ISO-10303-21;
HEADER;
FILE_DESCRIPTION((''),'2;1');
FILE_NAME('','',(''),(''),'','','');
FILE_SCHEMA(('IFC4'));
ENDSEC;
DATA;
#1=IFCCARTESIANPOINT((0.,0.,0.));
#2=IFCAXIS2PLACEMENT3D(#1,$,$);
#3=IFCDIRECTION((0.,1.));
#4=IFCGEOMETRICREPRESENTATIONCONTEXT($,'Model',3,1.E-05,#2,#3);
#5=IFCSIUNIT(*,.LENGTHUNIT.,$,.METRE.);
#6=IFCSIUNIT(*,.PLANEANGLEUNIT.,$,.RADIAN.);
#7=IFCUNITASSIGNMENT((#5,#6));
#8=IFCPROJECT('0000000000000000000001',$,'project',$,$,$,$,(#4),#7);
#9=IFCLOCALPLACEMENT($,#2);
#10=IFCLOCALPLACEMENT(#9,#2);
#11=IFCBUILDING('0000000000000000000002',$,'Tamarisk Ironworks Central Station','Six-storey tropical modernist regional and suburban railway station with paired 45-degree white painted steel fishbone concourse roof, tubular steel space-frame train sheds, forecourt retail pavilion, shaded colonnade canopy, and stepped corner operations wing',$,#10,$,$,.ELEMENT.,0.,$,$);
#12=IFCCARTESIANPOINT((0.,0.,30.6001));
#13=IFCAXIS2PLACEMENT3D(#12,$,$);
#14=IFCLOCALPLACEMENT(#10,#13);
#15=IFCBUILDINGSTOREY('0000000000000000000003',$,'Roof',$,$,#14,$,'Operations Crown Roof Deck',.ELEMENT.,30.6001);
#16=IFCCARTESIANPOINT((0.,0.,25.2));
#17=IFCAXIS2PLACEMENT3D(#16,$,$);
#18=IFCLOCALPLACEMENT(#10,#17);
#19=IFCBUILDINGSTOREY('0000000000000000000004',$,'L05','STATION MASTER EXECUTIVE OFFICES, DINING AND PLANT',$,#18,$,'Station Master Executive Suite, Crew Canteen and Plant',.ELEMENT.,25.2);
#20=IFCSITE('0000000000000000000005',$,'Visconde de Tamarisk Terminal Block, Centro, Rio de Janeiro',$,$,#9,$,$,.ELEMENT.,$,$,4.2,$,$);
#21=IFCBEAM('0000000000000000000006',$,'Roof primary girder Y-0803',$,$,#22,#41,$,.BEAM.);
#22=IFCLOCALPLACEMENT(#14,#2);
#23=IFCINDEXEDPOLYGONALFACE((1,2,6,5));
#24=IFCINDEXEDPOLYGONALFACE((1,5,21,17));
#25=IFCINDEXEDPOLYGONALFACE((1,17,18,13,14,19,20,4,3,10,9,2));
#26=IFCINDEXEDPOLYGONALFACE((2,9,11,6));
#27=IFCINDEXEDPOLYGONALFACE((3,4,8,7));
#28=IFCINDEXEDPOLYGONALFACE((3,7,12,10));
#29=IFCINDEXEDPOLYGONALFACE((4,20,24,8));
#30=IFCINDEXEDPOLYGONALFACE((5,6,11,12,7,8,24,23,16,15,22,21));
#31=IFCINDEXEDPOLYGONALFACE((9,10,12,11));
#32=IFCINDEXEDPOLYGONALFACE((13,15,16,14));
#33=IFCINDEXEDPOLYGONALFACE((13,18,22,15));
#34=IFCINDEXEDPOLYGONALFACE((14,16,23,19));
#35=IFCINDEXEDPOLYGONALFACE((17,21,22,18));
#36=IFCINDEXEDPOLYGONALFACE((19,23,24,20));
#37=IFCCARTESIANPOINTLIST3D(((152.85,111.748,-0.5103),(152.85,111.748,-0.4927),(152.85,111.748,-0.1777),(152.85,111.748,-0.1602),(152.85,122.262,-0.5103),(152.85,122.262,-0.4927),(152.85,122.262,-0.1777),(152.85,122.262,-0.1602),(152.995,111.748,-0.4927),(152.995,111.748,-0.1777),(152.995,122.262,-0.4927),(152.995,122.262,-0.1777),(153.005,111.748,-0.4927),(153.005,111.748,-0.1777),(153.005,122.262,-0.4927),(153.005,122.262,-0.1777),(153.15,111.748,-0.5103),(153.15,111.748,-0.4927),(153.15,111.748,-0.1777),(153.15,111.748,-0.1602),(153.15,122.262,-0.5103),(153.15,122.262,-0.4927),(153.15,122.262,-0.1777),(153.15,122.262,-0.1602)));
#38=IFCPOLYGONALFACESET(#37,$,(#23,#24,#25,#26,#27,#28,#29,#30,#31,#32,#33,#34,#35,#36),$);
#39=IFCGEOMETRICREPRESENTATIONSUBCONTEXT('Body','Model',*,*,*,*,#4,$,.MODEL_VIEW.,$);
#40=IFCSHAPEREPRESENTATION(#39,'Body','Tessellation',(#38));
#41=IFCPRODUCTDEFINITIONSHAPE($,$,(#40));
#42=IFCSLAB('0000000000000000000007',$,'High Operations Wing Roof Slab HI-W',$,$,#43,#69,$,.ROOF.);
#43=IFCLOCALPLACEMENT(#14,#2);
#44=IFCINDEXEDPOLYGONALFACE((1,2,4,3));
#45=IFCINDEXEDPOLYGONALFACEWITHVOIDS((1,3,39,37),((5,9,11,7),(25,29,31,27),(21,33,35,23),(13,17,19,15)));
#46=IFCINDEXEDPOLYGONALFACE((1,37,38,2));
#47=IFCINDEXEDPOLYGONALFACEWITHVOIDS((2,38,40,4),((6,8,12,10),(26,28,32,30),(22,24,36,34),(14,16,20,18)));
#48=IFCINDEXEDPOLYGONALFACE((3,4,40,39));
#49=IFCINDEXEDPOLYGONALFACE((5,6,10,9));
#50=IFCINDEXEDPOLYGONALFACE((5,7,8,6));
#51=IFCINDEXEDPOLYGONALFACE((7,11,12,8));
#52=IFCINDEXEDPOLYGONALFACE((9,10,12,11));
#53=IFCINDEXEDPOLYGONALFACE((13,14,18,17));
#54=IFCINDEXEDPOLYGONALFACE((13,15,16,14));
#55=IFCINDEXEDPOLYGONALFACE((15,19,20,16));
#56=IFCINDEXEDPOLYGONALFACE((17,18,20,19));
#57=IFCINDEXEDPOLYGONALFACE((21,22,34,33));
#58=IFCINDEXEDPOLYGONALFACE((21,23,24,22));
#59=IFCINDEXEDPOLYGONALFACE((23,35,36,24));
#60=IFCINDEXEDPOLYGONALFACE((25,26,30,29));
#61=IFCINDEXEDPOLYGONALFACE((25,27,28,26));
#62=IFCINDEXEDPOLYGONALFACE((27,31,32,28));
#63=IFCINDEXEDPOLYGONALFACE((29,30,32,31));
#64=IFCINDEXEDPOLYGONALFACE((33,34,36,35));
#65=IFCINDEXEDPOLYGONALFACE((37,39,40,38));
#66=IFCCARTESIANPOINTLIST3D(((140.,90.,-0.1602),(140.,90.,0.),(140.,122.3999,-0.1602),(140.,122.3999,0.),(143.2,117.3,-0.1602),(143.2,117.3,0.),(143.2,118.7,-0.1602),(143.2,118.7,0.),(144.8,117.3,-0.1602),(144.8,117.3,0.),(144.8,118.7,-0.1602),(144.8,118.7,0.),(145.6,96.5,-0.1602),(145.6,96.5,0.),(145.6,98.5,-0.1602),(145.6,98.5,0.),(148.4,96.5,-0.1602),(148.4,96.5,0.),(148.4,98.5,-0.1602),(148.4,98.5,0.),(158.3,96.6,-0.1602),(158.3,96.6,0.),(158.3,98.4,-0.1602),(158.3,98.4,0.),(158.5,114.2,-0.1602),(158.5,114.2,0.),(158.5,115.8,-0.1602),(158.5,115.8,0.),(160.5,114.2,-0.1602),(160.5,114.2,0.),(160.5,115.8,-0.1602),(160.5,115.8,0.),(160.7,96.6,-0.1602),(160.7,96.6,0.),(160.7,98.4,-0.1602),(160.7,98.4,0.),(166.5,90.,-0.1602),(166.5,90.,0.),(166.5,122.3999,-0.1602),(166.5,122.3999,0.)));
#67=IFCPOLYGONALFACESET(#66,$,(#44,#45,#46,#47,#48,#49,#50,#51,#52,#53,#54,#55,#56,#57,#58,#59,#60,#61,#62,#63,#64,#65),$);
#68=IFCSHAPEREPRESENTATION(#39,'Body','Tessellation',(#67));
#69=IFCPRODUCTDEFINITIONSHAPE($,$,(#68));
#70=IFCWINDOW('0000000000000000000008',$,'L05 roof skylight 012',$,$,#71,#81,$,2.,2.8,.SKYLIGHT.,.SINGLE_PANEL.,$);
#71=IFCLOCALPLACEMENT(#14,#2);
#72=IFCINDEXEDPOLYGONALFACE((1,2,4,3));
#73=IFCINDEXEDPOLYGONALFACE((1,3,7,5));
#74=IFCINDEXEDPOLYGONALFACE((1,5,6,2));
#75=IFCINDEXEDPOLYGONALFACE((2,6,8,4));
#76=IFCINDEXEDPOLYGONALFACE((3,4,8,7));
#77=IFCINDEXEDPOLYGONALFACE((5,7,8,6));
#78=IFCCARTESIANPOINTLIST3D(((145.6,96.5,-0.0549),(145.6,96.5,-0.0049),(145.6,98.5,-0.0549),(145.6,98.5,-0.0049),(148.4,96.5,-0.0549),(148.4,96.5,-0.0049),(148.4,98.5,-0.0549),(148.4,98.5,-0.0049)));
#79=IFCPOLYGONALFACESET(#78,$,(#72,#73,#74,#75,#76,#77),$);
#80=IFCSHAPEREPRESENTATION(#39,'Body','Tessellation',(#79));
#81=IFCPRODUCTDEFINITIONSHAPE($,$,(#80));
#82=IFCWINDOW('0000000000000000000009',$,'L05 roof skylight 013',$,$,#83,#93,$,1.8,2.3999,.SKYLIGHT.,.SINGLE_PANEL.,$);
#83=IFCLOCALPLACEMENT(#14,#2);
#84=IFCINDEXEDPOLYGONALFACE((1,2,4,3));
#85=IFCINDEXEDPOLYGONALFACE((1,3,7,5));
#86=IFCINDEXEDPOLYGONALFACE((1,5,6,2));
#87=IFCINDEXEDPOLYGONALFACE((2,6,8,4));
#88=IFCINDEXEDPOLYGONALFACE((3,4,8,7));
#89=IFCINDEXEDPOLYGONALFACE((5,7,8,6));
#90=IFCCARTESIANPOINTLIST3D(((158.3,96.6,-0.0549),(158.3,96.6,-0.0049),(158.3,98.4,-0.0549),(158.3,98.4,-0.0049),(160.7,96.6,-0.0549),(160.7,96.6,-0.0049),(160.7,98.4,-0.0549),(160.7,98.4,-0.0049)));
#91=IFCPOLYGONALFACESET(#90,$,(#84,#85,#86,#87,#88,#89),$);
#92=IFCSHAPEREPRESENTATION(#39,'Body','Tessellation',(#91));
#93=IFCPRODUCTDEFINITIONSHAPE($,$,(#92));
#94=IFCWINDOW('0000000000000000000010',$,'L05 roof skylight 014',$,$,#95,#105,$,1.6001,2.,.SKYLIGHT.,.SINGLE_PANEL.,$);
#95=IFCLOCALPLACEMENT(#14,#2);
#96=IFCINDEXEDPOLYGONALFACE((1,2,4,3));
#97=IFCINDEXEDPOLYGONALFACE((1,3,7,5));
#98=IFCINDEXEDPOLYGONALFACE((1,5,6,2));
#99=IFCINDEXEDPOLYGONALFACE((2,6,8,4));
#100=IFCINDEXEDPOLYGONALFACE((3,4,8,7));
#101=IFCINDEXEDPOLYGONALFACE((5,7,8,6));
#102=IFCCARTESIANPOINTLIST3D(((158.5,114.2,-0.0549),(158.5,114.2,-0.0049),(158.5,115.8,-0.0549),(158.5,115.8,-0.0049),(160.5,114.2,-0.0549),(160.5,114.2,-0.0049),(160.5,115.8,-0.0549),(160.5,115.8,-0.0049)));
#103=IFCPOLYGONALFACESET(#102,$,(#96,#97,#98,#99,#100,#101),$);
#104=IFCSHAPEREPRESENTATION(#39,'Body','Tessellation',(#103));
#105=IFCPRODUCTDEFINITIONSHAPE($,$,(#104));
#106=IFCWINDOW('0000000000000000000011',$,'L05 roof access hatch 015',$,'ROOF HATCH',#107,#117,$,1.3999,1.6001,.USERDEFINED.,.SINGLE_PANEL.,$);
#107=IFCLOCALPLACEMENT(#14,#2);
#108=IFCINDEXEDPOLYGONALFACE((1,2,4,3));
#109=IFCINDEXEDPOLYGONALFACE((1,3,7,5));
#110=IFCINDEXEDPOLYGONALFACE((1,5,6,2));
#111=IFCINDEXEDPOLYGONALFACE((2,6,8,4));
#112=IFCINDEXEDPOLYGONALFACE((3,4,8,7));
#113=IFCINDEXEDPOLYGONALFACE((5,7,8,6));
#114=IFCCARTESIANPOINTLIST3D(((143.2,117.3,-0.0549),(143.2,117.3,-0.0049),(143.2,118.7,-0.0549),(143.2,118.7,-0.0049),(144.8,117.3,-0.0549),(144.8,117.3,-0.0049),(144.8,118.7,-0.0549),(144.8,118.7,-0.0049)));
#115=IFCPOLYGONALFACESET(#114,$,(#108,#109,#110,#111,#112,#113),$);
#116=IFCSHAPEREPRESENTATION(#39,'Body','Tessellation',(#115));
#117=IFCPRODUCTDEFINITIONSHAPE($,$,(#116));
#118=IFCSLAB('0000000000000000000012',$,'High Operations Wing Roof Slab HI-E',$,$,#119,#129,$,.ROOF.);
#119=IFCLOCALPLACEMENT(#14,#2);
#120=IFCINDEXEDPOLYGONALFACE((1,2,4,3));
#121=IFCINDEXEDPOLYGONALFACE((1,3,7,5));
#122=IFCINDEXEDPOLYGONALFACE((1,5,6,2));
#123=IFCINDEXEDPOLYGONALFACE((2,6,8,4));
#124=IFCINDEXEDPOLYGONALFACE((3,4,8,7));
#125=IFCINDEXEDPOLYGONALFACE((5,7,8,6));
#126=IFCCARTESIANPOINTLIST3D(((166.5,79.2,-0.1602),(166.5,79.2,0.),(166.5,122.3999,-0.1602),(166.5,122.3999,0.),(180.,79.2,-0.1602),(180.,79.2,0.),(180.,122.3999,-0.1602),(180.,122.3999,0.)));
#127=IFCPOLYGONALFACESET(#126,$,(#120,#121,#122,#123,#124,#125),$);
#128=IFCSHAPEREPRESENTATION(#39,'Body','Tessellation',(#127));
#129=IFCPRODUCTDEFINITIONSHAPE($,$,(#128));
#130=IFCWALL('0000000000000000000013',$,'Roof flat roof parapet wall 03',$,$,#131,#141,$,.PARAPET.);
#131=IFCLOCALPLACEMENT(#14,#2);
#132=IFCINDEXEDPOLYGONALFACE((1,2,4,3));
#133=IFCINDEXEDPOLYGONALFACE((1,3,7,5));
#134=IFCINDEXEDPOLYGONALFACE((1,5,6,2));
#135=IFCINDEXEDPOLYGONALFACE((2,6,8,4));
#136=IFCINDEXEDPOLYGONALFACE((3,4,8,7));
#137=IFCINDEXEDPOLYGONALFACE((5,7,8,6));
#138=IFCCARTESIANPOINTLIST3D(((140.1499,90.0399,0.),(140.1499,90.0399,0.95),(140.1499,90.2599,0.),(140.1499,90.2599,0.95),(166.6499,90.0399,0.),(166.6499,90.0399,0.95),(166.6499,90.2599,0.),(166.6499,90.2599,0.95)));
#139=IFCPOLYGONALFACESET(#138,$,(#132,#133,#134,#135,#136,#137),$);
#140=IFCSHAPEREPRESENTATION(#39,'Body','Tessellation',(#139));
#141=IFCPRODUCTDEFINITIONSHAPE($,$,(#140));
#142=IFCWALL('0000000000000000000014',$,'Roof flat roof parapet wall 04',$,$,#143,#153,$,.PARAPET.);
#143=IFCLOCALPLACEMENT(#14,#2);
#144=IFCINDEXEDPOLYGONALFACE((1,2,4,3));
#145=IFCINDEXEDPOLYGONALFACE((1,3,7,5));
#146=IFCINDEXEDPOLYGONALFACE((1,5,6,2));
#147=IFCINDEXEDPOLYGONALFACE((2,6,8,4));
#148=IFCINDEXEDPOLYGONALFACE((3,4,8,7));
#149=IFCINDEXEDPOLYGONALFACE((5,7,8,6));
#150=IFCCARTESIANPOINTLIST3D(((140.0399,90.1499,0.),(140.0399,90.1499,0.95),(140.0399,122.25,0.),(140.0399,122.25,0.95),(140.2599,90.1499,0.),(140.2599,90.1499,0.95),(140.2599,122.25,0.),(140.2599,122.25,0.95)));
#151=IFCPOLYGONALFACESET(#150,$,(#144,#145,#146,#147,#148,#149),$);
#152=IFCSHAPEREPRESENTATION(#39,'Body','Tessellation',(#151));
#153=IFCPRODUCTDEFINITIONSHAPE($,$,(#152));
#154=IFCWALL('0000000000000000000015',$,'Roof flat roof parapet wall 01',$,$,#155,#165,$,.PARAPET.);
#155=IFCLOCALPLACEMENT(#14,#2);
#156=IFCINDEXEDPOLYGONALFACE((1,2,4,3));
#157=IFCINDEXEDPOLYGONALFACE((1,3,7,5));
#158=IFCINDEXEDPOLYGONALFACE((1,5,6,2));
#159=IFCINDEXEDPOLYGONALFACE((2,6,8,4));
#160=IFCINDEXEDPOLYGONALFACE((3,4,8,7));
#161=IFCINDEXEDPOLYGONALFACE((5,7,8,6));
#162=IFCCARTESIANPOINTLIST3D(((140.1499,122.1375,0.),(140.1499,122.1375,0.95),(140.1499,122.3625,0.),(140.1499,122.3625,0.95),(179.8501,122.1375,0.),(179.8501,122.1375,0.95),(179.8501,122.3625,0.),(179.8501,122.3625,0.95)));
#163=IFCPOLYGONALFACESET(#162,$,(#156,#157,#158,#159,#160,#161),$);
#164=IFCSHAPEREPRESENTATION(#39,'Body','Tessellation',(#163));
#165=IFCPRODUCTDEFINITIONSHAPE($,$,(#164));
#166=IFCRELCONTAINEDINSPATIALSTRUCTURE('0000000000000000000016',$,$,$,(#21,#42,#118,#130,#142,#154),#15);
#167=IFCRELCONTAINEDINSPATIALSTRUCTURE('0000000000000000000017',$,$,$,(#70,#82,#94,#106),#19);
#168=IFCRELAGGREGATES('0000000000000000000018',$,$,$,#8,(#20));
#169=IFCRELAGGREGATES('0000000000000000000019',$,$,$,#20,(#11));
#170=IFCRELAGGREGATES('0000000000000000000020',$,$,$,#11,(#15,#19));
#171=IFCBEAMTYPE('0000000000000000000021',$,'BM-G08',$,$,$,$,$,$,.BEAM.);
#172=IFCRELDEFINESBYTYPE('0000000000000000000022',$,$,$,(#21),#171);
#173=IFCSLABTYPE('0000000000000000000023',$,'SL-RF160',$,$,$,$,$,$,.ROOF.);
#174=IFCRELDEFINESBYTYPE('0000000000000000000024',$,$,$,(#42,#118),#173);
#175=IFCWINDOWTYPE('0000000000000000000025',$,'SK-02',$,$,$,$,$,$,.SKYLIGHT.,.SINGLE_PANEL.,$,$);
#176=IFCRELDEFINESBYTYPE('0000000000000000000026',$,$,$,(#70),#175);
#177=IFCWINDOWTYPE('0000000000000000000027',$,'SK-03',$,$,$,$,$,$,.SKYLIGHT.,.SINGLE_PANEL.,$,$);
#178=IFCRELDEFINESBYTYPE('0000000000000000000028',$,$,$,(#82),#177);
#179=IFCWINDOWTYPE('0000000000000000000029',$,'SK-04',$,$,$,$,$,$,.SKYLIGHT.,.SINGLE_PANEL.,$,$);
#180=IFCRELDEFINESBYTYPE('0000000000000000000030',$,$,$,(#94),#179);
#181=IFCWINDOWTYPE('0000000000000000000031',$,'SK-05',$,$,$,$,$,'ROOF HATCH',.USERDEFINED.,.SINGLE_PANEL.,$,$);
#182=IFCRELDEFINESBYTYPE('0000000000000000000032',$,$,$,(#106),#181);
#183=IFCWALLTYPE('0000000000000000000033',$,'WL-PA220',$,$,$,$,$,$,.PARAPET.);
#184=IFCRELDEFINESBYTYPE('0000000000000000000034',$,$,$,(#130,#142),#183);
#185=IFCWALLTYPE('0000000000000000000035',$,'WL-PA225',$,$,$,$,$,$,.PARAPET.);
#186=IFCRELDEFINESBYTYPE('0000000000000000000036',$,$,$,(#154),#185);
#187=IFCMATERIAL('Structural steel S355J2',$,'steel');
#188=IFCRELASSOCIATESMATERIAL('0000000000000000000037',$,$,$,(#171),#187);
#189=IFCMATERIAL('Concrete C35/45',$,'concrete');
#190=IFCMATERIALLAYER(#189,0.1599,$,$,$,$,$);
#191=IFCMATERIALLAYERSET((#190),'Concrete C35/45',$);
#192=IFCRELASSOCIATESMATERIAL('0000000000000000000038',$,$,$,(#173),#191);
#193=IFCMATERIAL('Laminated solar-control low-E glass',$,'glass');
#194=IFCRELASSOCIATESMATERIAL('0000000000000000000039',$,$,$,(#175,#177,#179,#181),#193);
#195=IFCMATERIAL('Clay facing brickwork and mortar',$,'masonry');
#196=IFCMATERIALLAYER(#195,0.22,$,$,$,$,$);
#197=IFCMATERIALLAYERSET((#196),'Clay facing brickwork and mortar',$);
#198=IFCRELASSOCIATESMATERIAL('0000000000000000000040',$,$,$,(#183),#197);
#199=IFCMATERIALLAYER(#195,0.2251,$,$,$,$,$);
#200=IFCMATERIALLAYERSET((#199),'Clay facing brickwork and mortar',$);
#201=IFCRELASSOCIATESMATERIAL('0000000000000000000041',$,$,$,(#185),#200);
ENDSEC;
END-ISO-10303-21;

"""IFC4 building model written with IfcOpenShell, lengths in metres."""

from ifc_helpers import new_model, si_unit, direction, frame, frame_2d, origin, origin_2d, place, context, subcontext, project, spatial, polyline, rectangle, i_section, outline, extrude, material, layer, layer_set, material_profile, profile_set, type_object, element, fill, save


model = new_model("IFC4")

# Units and contexts
model_context = context("Model", 3, precision=1e-05, world=origin(), true_north=direction((0.0, 1.0)))
body_context = subcontext(model_context, "Body", "Model", "MODEL_VIEW")
ifc_project = project(units=[si_unit("LENGTHUNIT", "METRE"), si_unit("PLANEANGLEUNIT", "RADIAN")], contexts=[model_context])

# Site, building, storey
site_placement = place(None, origin())
site = spatial("IfcSite", under=ifc_project, at=site_placement, Name="Visconde de Tamarisk Terminal Block, Centro, Rio de Janeiro", CompositionType="ELEMENT", RefElevation=4.2)
building_placement = place(site_placement, origin())
building = spatial("IfcBuilding", under=site, at=building_placement, Name="Tamarisk Ironworks Central Station", Description="Six-storey tropical modernist regional and suburban railway station with paired 45-degree white painted steel fishbone concourse roof, tubular steel space-frame train sheds, forecourt retail pavilion, shaded colonnade canopy, and stepped corner operations wing", CompositionType="ELEMENT", ElevationOfRefHeight=0.0)
storey_1_placement = place(building_placement, frame((0.0, 0.0, 30.6001)))
storey_1 = spatial("IfcBuildingStorey", under=building, at=storey_1_placement, Name="Roof", LongName="Operations Crown Roof Deck", CompositionType="ELEMENT", Elevation=30.6001)

# Beam
ifc_material_1 = material(Name="Structural steel S355J2", Category="steel")
ifc_material_profile_1 = material_profile(ifc_material_1, i_section(OverallWidth=0.3, OverallDepth=0.3501, WebThickness=0.01, FlangeThickness=0.0176, at=origin_2d()), Name="HEA 360")
ifc_profile_set_1 = profile_set([ifc_material_profile_1], Name="Structural steel S355J2")
beam_type_1 = type_object("IfcBeamType", Name="BM-G08", PredefinedType="BEAM", material=ifc_profile_set_1)
beam_1_placement = place(storey_1_placement, frame((153.0, 111.748, -0.3352), z_axis=(0.0, 1.0, 0.0), x_axis=(-1.0, 0.0, 0.0)))
element("IfcBeam", 1, at=beam_1_placement, inside=storey_1, type_object=beam_type_1, Name="Roof primary girder Y-0803", PredefinedType="BEAM", context=body_context, shape_type="SweptSolid", body=[
    extrude(i_section(OverallWidth=0.3, OverallDepth=0.3501, WebThickness=0.01, FlangeThickness=0.0176, at=origin_2d()), origin(), (0.0, 0.0, 1.0), 10.5139),
])

# Slab, openings
ifc_material_2 = material(Name="Concrete C35/45", Category="concrete")
ifc_layer_1 = layer(ifc_material_2, 0.1599)
ifc_layer_set_1 = layer_set([ifc_layer_1], Name="Concrete C35/45")
slab_type = type_object("IfcSlabType", Name="SL-RF160", PredefinedType="ROOF", material=ifc_layer_set_1)
slab_1_placement = place(storey_1_placement, frame((0.0, 0.0, -0.1602)))
slab_1 = element("IfcSlab", 2, at=slab_1_placement, inside=storey_1, type_object=slab_type, Name="High Operations Wing Roof Slab HI-W", PredefinedType="ROOF", context=body_context, shape_type="SweptSolid", body=[
    extrude(outline(polyline([(140.0, 90.0), (166.5, 90.0), (166.5, 122.3999), (140.0, 122.3999), (140.0, 90.0)])), origin(), (0.0, 0.0, 1.0), 0.1602),
])
opening_1_placement = place(slab_1_placement, frame((147.0, 97.5, 0.0)))
opening_1 = element("IfcOpeningElement", 3, at=opening_1_placement, cuts=slab_1, PredefinedType="OPENING", context=body_context, shape_type="SweptSolid", body=[
    extrude(rectangle(XDim=2.8, YDim=2.0, at=origin_2d()), frame((0.0, 0.0, -0.012)), (0.0, 0.0, 1.0), 0.1841),
])
opening_2_placement = place(slab_1_placement, frame((159.5, 97.5, 0.0)))
opening_2 = element("IfcOpeningElement", 4, at=opening_2_placement, cuts=slab_1, PredefinedType="OPENING", context=body_context, shape_type="SweptSolid", body=[
    extrude(rectangle(XDim=2.3999, YDim=1.8, at=origin_2d()), frame((0.0, 0.0, -0.012)), (0.0, 0.0, 1.0), 0.1841),
])
opening_3_placement = place(slab_1_placement, frame((159.5, 115.0, 0.0)))
opening_3 = element("IfcOpeningElement", 5, at=opening_3_placement, cuts=slab_1, PredefinedType="OPENING", context=body_context, shape_type="SweptSolid", body=[
    extrude(rectangle(XDim=2.0, YDim=1.6001, at=origin_2d()), frame((0.0, 0.0, -0.012)), (0.0, 0.0, 1.0), 0.1841),
])
opening_4_placement = place(slab_1_placement, frame((144.0, 118.0, 0.0)))
opening_4 = element("IfcOpeningElement", 6, at=opening_4_placement, cuts=slab_1, PredefinedType="OPENING", context=body_context, shape_type="SweptSolid", body=[
    extrude(rectangle(XDim=1.6001, YDim=1.3999, at=origin_2d()), frame((0.0, 0.0, -0.012)), (0.0, 0.0, 1.0), 0.1841),
])

# Shared definitions
storey_2_placement = place(building_placement, frame((0.0, 0.0, 25.2)))
storey_2 = spatial("IfcBuildingStorey", under=building, at=storey_2_placement, Name="L05", Description="STATION MASTER EXECUTIVE OFFICES, DINING AND PLANT", LongName="Station Master Executive Suite, Crew Canteen and Plant", CompositionType="ELEMENT", Elevation=25.2)

# Windows
ifc_material_3 = material(Name="Laminated solar-control low-E glass", Category="glass")
window_type_1 = type_object("IfcWindowType", Name="SK-02", PartitioningType="SINGLE_PANEL", PredefinedType="SKYLIGHT", material=ifc_material_3)
window_1_placement = place(opening_1_placement, frame((0.0, 0.0, 0.1052)))
window_1 = element("IfcWindow", 7, at=window_1_placement, inside=storey_2, type_object=window_type_1, Name="L05 roof skylight 012", OverallHeight=2.0, OverallWidth=2.8, PartitioningType="SINGLE_PANEL", PredefinedType="SKYLIGHT", context=body_context, shape_type="SweptSolid", body=[
    extrude(rectangle(XDim=2.8, YDim=2.0, at=origin_2d()), origin(), (0.0, 0.0, 1.0), 0.05),
])
fill(opening_1, window_1)
window_type_2 = type_object("IfcWindowType", Name="SK-03", PartitioningType="SINGLE_PANEL", PredefinedType="SKYLIGHT", material=ifc_material_3)
window_2_placement = place(opening_2_placement, frame((0.0, 0.0, 0.1052)))
window_2 = element("IfcWindow", 8, at=window_2_placement, inside=storey_2, type_object=window_type_2, Name="L05 roof skylight 013", OverallHeight=1.8, OverallWidth=2.3999, PartitioningType="SINGLE_PANEL", PredefinedType="SKYLIGHT", context=body_context, shape_type="SweptSolid", body=[
    extrude(rectangle(XDim=2.3999, YDim=1.8, at=origin_2d()), origin(), (0.0, 0.0, 1.0), 0.05),
])
fill(opening_2, window_2)
window_type_3 = type_object("IfcWindowType", Name="SK-04", PartitioningType="SINGLE_PANEL", PredefinedType="SKYLIGHT", material=ifc_material_3)
window_3_placement = place(opening_3_placement, frame((0.0, 0.0, 0.1052)))
window_3 = element("IfcWindow", 9, at=window_3_placement, inside=storey_2, type_object=window_type_3, Name="L05 roof skylight 014", OverallHeight=1.6001, OverallWidth=2.0, PartitioningType="SINGLE_PANEL", PredefinedType="SKYLIGHT", context=body_context, shape_type="SweptSolid", body=[
    extrude(rectangle(XDim=2.0, YDim=1.6001, at=origin_2d()), origin(), (0.0, 0.0, 1.0), 0.05),
])
fill(opening_3, window_3)
window_type_4 = type_object("IfcWindowType", Name="SK-05", ElementType="ROOF HATCH", PartitioningType="SINGLE_PANEL", PredefinedType="USERDEFINED", material=ifc_material_3)
window_4_placement = place(opening_4_placement, frame((0.0, 0.0, 0.1052)))
window_4 = element("IfcWindow", 10, at=window_4_placement, inside=storey_2, type_object=window_type_4, Name="L05 roof access hatch 015", ObjectType="ROOF HATCH", OverallHeight=1.3999, OverallWidth=1.6001, PartitioningType="SINGLE_PANEL", PredefinedType="USERDEFINED", context=body_context, shape_type="SweptSolid", body=[
    extrude(rectangle(XDim=1.6001, YDim=1.3999, at=origin_2d()), origin(), (0.0, 0.0, 1.0), 0.05),
])
fill(opening_4, window_4)

# Slab
slab_2_placement = place(storey_1_placement, frame((0.0, 0.0, -0.1602)))
element("IfcSlab", 11, at=slab_2_placement, inside=storey_1, type_object=slab_type, Name="High Operations Wing Roof Slab HI-E", PredefinedType="ROOF", context=body_context, shape_type="SweptSolid", body=[
    extrude(outline(polyline([(166.5, 79.2), (180.0, 79.2), (180.0, 122.3999), (166.5, 122.3999), (166.5, 79.2)])), origin(), (0.0, 0.0, 1.0), 0.1602),
])

# Walls
ifc_material_4 = material(Name="Clay facing brickwork and mortar", Category="masonry")
ifc_layer_2 = layer(ifc_material_4, 0.22)
ifc_layer_set_2 = layer_set([ifc_layer_2], Name="Clay facing brickwork and mortar")
wall_type_1 = type_object("IfcWallType", Name="WL-PA220", PredefinedType="PARAPET", material=ifc_layer_set_2)
wall_1_placement = place(storey_1_placement, frame((140.1499, 90.1499, 0.0), z_axis=(0.0, 0.0, 1.0), x_axis=(1.0, 0.0, 0.0)))
element("IfcWall", 12, at=wall_1_placement, inside=storey_1, type_object=wall_type_1, Name="Roof flat roof parapet wall 03", PredefinedType="PARAPET", context=body_context, shape_type="SweptSolid", body=[
    extrude(rectangle(XDim=26.5, YDim=0.22, at=frame_2d((13.25, 0.0))), origin(), (0.0, 0.0, 1.0), 0.95),
])
wall_2_placement = place(storey_1_placement, frame((140.1499, 90.1499, 0.0), z_axis=(0.0, 0.0, 1.0), x_axis=(0.0, 1.0, 0.0)))
element("IfcWall", 13, at=wall_2_placement, inside=storey_1, type_object=wall_type_1, Name="Roof flat roof parapet wall 04", PredefinedType="PARAPET", context=body_context, shape_type="SweptSolid", body=[
    extrude(rectangle(XDim=32.1001, YDim=0.22, at=frame_2d((16.05, 0.0))), origin(), (0.0, 0.0, 1.0), 0.95),
])
ifc_layer_3 = layer(ifc_material_4, 0.2251)
ifc_layer_set_3 = layer_set([ifc_layer_3], Name="Clay facing brickwork and mortar")
wall_type_2 = type_object("IfcWallType", Name="WL-PA225", PredefinedType="PARAPET", material=ifc_layer_set_3)
wall_3_placement = place(storey_1_placement, frame((140.1499, 122.25, 0.0), z_axis=(0.0, 0.0, 1.0), x_axis=(1.0, 0.0, 0.0)))
element("IfcWall", 14, at=wall_3_placement, inside=storey_1, type_object=wall_type_2, Name="Roof flat roof parapet wall 01", PredefinedType="PARAPET", context=body_context, shape_type="SweptSolid", body=[
    extrude(rectangle(XDim=39.7002, YDim=0.2251, at=frame_2d((19.8501, 0.0))), origin(), (0.0, 0.0, 1.0), 0.95),
])

save(model, "model.ifc")
